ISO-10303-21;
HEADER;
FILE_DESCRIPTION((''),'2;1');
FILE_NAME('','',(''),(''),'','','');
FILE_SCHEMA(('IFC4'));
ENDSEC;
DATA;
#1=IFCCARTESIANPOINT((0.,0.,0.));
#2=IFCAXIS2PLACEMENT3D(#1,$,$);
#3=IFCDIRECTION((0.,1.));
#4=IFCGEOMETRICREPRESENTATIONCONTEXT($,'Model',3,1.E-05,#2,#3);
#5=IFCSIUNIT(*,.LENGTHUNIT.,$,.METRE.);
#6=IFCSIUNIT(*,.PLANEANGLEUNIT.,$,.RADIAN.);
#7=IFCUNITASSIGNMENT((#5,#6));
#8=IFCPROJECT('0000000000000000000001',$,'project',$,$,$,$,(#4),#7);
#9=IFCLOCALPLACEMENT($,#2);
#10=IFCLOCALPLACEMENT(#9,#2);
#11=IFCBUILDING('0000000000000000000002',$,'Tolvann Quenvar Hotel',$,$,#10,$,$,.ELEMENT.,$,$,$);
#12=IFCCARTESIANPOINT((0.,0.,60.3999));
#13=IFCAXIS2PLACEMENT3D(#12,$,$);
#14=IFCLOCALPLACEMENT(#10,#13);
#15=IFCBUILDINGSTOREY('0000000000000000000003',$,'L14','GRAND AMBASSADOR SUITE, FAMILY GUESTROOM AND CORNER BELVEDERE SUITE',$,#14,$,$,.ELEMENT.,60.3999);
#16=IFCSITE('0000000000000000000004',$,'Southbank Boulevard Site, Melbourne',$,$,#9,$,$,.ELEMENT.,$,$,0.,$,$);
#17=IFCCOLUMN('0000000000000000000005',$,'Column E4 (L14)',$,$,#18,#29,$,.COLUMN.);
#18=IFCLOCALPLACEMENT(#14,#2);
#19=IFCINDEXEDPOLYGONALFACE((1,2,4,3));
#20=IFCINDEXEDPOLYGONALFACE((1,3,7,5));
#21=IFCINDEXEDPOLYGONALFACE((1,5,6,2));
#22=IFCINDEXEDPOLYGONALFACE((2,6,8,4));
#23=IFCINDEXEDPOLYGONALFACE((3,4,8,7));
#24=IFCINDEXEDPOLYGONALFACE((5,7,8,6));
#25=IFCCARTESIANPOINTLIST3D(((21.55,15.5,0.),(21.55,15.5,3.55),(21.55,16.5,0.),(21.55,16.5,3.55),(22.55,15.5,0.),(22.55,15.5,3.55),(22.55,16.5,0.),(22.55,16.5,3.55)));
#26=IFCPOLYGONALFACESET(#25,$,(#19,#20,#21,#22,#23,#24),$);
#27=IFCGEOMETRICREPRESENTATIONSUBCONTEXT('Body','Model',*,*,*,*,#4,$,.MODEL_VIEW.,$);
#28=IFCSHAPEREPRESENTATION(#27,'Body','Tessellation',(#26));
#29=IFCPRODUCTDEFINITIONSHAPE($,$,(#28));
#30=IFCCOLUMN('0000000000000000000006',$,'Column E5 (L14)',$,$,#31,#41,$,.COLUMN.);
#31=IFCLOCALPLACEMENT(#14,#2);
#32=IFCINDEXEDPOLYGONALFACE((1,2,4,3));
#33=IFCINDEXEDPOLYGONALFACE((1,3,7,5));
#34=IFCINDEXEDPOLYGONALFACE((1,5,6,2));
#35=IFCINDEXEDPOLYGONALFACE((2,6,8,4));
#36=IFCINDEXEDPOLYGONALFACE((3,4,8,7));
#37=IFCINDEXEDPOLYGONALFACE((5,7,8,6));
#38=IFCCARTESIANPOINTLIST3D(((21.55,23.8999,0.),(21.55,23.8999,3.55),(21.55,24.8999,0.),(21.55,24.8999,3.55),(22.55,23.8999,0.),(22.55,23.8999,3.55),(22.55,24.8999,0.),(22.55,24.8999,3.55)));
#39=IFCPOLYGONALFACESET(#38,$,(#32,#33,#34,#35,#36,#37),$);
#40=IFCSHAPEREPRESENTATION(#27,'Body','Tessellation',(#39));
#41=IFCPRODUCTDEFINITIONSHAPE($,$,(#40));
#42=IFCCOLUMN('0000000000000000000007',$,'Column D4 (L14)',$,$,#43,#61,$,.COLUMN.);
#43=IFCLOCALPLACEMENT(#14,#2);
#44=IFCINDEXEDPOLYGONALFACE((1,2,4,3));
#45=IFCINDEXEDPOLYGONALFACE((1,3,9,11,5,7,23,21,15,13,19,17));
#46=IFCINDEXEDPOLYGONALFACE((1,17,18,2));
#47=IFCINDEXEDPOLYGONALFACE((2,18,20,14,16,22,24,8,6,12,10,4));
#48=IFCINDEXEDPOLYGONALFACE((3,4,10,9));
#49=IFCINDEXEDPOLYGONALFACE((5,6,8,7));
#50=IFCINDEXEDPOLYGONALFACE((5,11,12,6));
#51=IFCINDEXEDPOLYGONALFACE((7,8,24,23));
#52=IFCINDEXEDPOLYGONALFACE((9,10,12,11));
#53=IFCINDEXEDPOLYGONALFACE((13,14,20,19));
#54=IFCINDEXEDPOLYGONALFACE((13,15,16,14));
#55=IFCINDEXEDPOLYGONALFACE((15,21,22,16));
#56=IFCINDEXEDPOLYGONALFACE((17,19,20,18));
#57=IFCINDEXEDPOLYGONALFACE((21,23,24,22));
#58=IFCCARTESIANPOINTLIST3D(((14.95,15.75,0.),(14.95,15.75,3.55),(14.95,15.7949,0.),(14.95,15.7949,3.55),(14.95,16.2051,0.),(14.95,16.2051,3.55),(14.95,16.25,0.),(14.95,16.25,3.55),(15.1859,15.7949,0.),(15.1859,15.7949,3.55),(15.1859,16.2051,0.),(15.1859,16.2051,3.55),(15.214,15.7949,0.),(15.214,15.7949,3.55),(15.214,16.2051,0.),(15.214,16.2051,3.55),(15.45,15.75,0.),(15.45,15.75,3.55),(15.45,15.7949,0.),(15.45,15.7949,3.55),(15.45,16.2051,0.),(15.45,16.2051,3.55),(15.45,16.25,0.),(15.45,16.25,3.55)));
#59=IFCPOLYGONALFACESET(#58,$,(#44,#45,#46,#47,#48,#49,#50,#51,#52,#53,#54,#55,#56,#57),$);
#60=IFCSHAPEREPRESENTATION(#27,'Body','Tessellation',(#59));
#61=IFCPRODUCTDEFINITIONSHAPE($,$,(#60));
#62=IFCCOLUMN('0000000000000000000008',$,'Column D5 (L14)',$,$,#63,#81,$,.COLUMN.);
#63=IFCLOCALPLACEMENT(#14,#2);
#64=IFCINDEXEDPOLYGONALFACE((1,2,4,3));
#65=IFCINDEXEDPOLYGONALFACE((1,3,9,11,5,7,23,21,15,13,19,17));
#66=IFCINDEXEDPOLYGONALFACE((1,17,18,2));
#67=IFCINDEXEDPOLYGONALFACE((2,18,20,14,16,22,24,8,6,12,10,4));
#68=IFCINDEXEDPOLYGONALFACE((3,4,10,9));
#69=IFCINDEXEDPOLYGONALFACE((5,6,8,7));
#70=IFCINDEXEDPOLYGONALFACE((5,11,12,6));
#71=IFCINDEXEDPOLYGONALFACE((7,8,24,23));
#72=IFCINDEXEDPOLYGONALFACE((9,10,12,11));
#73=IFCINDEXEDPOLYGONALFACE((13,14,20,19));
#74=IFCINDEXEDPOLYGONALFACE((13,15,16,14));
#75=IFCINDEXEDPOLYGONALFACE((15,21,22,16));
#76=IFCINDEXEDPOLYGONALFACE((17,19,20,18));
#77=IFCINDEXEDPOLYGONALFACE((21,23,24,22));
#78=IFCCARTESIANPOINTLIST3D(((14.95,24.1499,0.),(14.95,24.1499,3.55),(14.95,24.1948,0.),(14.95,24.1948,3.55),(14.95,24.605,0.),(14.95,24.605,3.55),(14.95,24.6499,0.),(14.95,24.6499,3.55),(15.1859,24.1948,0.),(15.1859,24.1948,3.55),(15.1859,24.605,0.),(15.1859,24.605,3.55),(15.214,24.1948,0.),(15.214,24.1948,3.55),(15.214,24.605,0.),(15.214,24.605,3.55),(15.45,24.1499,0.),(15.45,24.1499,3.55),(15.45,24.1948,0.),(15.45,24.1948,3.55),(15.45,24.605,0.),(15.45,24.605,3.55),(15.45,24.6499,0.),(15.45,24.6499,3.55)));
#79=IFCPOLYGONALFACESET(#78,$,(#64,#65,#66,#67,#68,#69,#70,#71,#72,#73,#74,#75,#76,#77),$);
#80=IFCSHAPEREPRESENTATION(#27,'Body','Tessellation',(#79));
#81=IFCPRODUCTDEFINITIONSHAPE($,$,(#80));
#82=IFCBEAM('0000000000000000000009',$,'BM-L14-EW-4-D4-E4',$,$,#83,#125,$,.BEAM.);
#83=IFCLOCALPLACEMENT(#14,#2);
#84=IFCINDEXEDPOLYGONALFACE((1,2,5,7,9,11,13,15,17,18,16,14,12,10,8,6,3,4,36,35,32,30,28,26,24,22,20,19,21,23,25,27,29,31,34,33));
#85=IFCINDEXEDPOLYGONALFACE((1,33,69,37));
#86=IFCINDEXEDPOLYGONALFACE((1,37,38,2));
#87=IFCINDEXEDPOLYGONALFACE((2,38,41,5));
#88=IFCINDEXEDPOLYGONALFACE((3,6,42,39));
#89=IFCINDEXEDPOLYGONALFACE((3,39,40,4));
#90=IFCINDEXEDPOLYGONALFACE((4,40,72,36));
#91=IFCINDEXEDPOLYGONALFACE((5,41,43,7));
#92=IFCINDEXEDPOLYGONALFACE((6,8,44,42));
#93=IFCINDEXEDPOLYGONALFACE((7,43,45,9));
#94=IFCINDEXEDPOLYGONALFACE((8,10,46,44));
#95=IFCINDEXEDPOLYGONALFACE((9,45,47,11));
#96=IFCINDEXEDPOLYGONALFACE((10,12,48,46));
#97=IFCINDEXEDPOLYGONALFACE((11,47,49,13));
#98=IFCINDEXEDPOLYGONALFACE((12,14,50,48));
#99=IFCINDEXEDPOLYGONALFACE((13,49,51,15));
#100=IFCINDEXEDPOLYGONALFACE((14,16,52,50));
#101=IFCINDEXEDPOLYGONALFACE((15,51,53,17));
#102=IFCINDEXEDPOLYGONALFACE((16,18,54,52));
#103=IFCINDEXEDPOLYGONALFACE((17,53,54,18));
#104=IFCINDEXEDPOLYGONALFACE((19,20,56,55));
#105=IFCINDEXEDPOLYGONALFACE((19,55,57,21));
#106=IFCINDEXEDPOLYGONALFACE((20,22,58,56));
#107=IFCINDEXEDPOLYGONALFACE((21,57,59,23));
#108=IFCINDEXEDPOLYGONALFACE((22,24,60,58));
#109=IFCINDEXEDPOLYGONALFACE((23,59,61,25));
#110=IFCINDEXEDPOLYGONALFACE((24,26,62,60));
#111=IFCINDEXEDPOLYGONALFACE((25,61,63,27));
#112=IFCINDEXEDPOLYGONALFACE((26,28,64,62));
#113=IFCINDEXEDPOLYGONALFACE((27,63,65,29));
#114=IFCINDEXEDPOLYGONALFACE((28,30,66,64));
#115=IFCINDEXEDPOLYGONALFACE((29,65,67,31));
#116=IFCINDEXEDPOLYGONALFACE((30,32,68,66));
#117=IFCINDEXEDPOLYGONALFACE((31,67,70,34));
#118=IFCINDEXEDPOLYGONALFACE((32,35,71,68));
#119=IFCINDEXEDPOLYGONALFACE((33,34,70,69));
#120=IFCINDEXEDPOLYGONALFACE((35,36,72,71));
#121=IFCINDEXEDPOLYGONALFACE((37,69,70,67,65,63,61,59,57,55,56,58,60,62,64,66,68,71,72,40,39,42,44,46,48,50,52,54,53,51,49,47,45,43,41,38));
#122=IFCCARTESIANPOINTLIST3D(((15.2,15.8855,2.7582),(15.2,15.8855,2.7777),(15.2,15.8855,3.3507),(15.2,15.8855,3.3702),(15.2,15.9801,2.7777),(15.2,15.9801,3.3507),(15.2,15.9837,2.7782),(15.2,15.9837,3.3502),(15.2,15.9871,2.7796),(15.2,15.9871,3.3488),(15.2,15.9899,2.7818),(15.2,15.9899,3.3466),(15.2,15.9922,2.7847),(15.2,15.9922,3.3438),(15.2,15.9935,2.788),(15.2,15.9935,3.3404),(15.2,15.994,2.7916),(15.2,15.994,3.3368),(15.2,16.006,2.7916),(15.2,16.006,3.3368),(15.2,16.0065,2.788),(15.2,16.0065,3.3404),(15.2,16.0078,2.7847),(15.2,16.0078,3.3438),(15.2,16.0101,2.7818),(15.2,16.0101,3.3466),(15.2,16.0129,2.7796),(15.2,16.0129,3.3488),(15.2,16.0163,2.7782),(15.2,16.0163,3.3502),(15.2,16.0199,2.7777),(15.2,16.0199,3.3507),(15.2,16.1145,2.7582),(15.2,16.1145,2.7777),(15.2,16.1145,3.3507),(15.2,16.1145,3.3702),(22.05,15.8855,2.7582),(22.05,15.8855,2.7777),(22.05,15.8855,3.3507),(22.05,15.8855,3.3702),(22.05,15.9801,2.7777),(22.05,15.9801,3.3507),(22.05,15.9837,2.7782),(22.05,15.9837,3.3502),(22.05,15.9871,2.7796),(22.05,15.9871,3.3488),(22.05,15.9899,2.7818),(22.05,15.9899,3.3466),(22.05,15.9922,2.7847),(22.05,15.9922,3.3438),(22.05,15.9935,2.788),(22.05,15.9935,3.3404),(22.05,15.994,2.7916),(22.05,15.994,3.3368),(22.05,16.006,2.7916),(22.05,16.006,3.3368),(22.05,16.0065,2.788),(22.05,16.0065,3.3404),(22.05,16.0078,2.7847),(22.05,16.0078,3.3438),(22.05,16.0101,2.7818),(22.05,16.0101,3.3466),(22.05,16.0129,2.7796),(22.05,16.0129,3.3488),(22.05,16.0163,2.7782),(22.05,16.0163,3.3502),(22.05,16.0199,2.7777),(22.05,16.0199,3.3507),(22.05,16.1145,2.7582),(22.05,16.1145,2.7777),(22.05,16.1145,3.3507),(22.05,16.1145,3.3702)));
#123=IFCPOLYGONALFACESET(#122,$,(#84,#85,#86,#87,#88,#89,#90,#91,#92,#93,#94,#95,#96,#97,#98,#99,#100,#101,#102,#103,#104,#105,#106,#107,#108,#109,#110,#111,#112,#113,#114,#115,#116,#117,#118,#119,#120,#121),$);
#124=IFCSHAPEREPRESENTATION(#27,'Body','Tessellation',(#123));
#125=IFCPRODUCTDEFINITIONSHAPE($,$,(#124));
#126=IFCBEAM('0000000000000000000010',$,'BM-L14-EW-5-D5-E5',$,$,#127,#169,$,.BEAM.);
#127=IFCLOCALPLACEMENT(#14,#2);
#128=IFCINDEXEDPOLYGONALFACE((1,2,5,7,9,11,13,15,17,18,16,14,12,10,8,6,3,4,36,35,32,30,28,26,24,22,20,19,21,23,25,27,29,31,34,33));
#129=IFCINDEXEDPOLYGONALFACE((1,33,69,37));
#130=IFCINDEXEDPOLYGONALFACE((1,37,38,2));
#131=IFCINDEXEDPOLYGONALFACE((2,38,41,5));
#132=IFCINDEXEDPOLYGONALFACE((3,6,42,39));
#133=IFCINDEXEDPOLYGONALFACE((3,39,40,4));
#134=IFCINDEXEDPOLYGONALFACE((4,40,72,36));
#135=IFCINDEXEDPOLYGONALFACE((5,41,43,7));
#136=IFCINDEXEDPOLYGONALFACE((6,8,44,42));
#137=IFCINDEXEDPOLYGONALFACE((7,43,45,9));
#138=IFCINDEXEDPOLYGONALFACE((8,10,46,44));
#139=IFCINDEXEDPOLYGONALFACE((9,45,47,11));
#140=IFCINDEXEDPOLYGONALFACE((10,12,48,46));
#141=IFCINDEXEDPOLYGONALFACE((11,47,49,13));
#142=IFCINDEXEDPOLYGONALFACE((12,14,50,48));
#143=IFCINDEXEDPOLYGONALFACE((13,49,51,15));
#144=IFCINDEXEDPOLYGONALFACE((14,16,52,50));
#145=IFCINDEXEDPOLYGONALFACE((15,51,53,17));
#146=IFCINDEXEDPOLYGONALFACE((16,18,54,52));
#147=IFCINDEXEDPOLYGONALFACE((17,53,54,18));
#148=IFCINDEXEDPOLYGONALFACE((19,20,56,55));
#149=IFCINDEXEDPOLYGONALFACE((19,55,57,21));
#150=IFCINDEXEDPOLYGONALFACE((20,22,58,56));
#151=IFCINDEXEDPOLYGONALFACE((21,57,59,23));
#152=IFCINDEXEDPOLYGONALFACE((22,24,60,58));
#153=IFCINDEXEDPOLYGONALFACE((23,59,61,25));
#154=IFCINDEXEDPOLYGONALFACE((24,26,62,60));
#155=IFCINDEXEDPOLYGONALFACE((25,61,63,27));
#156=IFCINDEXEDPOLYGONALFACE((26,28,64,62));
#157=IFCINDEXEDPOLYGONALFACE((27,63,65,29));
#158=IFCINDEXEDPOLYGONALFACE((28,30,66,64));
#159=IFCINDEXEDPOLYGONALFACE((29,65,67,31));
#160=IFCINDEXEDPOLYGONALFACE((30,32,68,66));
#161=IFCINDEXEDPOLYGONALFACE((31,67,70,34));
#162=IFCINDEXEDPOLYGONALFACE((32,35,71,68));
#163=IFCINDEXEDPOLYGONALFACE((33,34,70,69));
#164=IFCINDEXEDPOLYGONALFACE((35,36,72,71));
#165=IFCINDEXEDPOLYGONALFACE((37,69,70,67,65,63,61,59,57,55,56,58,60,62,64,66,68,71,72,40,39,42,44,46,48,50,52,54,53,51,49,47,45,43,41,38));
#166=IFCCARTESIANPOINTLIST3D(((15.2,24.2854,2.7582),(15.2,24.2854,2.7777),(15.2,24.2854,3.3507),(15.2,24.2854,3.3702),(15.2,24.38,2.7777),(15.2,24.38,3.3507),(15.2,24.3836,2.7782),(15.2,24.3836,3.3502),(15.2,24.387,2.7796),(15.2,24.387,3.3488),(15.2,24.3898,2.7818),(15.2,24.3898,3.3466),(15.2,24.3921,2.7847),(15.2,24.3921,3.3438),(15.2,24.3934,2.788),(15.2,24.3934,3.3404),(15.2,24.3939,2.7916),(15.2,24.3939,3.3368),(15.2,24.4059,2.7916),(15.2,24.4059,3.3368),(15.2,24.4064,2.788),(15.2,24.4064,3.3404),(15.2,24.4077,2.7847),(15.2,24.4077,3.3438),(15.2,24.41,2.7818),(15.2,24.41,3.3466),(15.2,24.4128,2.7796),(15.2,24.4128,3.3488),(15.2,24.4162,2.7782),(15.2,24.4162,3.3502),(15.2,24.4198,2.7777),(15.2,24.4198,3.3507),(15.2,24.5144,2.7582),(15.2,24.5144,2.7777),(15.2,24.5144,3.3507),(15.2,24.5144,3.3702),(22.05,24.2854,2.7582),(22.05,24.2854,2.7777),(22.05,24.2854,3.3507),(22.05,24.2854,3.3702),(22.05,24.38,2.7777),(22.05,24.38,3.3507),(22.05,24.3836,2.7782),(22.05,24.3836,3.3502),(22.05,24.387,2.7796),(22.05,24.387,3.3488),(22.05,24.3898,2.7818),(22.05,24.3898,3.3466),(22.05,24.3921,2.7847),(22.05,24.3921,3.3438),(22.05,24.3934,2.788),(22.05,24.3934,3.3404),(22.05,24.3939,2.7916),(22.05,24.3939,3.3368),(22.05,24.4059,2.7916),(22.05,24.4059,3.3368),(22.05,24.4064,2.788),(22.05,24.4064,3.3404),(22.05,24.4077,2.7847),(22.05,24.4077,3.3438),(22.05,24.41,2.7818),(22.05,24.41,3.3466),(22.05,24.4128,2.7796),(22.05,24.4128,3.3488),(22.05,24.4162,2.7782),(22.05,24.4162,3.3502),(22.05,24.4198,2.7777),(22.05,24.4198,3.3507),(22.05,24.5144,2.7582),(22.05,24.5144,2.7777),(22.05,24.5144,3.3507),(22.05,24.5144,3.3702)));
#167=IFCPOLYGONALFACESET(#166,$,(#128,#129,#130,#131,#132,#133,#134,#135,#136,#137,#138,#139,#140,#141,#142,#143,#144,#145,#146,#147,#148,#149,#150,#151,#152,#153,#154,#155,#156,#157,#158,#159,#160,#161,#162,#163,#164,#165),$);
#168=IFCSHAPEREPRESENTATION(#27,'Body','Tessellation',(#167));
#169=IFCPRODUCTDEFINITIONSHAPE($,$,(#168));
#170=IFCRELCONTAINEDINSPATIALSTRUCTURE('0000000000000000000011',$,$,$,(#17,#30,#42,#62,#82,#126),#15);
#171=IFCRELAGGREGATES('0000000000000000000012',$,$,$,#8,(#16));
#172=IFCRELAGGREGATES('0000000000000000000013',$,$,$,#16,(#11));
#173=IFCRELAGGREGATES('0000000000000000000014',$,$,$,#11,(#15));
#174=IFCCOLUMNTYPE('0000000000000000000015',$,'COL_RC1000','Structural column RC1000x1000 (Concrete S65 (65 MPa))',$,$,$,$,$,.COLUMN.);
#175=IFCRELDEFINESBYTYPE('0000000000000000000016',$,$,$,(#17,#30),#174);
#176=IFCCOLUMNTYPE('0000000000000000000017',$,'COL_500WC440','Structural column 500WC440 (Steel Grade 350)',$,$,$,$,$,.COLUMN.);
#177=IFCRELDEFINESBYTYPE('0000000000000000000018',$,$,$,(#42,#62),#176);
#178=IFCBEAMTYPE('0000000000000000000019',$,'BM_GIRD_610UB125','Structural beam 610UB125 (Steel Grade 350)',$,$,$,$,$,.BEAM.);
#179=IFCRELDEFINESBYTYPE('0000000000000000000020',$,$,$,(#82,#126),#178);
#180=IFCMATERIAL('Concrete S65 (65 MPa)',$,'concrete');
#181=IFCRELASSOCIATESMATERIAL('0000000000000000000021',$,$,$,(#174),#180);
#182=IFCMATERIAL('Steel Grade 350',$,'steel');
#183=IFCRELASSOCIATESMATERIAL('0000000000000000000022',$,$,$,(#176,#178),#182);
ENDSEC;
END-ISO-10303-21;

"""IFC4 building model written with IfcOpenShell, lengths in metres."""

from ifc_helpers import new_model, si_unit, direction, frame, origin, origin_2d, place, context, subcontext, project, spatial, rectangle, i_section, extrude, source, transform, mapped, material, material_profile, profile_set, type_object, type_shapes, element, save


model = new_model("IFC4")

# Units and contexts
model_context = context("Model", 3, precision=1e-05, world=origin(), true_north=direction((0.0, 1.0)))
body_context = subcontext(model_context, "Body", "Model", "MODEL_VIEW")
ifc_project = project(units=[si_unit("LENGTHUNIT", "METRE"), si_unit("PLANEANGLEUNIT", "RADIAN")], contexts=[model_context])

# Site, building, storey
site_placement = place(None, origin())
site = spatial("IfcSite", under=ifc_project, at=site_placement, Name="Southbank Boulevard Site, Melbourne", CompositionType="ELEMENT", RefElevation=0.0)
building_placement = place(site_placement, origin())
building = spatial("IfcBuilding", under=site, at=building_placement, Name="Tolvann Quenvar Hotel", CompositionType="ELEMENT")
storey_placement = place(building_placement, frame((0.0, 0.0, 60.3999)))
storey = spatial("IfcBuildingStorey", under=building, at=storey_placement, Name="L14", Description="GRAND AMBASSADOR SUITE, FAMILY GUESTROOM AND CORNER BELVEDERE SUITE", CompositionType="ELEMENT", Elevation=60.3999)

# Columns
ifc_material_1 = material(Name="Concrete S65 (65 MPa)", Category="concrete")
ifc_material_profile_1 = material_profile(ifc_material_1, rectangle(XDim=1.0, YDim=1.0, at=origin_2d()), Name="RC1000x1000")
ifc_profile_set_1 = profile_set([ifc_material_profile_1], Name="Concrete S65 (65 MPa)")
column_type_1 = type_object("IfcColumnType", Name="COL_RC1000", Description="Structural column RC1000x1000 (Concrete S65 (65 MPa))", PredefinedType="COLUMN", material=ifc_profile_set_1)
shared_shape_1 = source(origin(), body_context, "Body", "SweptSolid", [
    extrude(rectangle(XDim=1.0, YDim=1.0, at=origin_2d()), origin(), (0.0, 0.0, 1.0), 3.55),
])
type_shapes(column_type_1, [shared_shape_1])
for number, where, z_axis, x_axis, name in (
    (1, (22.05, 16.0, 0.0), (0.0, 0.0, 1.0), (1.0, 0.0, 0.0), "Column E4 (L14)"),
    (2, (22.05, 24.3999, 0.0), (0.0, 0.0, 1.0), (1.0, 0.0, 0.0), "Column E5 (L14)"),
):
    element("IfcColumn", number, at=place(storey_placement, frame(where, z_axis=z_axis, x_axis=x_axis)), inside=storey, type_object=column_type_1, Name=name, PredefinedType="COLUMN", context=body_context, shape_type="MappedRepresentation", body=[
        mapped(shared_shape_1, transform((0.0, 0.0, 0.0), x_axis=(1.0, 0.0, 0.0), y_axis=(0.0, 1.0, 0.0), z_axis=(0.0, 0.0, 1.0), scale=1.0)),
    ])
ifc_material_2 = material(Name="Steel Grade 350", Category="steel")
ifc_material_profile_2 = material_profile(ifc_material_2, i_section(OverallWidth=0.5, OverallDepth=0.5, WebThickness=0.0281, FlangeThickness=0.0449, at=origin_2d()), Name="500WC440")
ifc_profile_set_2 = profile_set([ifc_material_profile_2], Name="Steel Grade 350")
column_type_2 = type_object("IfcColumnType", Name="COL_500WC440", Description="Structural column 500WC440 (Steel Grade 350)", PredefinedType="COLUMN", material=ifc_profile_set_2)
shared_shape_2 = source(origin(), body_context, "Body", "SweptSolid", [
    extrude(i_section(OverallWidth=0.5, OverallDepth=0.5, WebThickness=0.0281, FlangeThickness=0.0449, at=origin_2d()), origin(), (0.0, 0.0, 1.0), 3.55),
])
type_shapes(column_type_2, [shared_shape_2])
for number, where, z_axis, x_axis, name in (
    (3, (15.2, 16.0, 0.0), (0.0, 0.0, 1.0), (1.0, 0.0, 0.0), "Column D4 (L14)"),
    (4, (15.2, 24.3999, 0.0), (0.0, 0.0, 1.0), (1.0, 0.0, 0.0), "Column D5 (L14)"),
):
    element("IfcColumn", number, at=place(storey_placement, frame(where, z_axis=z_axis, x_axis=x_axis)), inside=storey, type_object=column_type_2, Name=name, PredefinedType="COLUMN", context=body_context, shape_type="MappedRepresentation", body=[
        mapped(shared_shape_2, transform((0.0, 0.0, 0.0), x_axis=(1.0, 0.0, 0.0), y_axis=(0.0, 1.0, 0.0), z_axis=(0.0, 0.0, 1.0), scale=1.0)),
    ])

# Beams
ifc_material_profile_3 = material_profile(ifc_material_2, i_section(OverallWidth=0.229, OverallDepth=0.6121, WebThickness=0.012, FlangeThickness=0.0195, FilletRadius=0.0139, at=origin_2d()), Name="610UB125")
ifc_profile_set_3 = profile_set([ifc_material_profile_3], Name="Steel Grade 350")
beam_type_1 = type_object("IfcBeamType", Name="BM_GIRD_610UB125", Description="Structural beam 610UB125 (Steel Grade 350)", PredefinedType="BEAM", material=ifc_profile_set_3)
shared_shape_3 = source(origin(), body_context, "Body", "SweptSolid", [
    extrude(i_section(OverallWidth=0.229, OverallDepth=0.6121, WebThickness=0.012, FlangeThickness=0.0195, FilletRadius=0.0139, at=origin_2d()), origin(), (0.0, 0.0, 1.0), 6.8501),
])
for number, where, z_axis, x_axis, name in (
    (5, (15.2, 16.0, 3.0642), (1.0, 0.0, 0.0), (0.0, 1.0, 0.0), "BM-L14-EW-4-D4-E4"),
    (6, (15.2, 24.3999, 3.0642), (1.0, 0.0, 0.0), (0.0, 1.0, 0.0), "BM-L14-EW-5-D5-E5"),
):
    element("IfcBeam", number, at=place(storey_placement, frame(where, z_axis=z_axis, x_axis=x_axis)), inside=storey, type_object=beam_type_1, Name=name, PredefinedType="BEAM", context=body_context, shape_type="MappedRepresentation", body=[
        mapped(shared_shape_3, transform((0.0, 0.0, 0.0), x_axis=(1.0, 0.0, 0.0), y_axis=(0.0, 1.0, 0.0), z_axis=(0.0, 0.0, 1.0), scale=1.0)),
    ])

save(model, "model.ifc")
